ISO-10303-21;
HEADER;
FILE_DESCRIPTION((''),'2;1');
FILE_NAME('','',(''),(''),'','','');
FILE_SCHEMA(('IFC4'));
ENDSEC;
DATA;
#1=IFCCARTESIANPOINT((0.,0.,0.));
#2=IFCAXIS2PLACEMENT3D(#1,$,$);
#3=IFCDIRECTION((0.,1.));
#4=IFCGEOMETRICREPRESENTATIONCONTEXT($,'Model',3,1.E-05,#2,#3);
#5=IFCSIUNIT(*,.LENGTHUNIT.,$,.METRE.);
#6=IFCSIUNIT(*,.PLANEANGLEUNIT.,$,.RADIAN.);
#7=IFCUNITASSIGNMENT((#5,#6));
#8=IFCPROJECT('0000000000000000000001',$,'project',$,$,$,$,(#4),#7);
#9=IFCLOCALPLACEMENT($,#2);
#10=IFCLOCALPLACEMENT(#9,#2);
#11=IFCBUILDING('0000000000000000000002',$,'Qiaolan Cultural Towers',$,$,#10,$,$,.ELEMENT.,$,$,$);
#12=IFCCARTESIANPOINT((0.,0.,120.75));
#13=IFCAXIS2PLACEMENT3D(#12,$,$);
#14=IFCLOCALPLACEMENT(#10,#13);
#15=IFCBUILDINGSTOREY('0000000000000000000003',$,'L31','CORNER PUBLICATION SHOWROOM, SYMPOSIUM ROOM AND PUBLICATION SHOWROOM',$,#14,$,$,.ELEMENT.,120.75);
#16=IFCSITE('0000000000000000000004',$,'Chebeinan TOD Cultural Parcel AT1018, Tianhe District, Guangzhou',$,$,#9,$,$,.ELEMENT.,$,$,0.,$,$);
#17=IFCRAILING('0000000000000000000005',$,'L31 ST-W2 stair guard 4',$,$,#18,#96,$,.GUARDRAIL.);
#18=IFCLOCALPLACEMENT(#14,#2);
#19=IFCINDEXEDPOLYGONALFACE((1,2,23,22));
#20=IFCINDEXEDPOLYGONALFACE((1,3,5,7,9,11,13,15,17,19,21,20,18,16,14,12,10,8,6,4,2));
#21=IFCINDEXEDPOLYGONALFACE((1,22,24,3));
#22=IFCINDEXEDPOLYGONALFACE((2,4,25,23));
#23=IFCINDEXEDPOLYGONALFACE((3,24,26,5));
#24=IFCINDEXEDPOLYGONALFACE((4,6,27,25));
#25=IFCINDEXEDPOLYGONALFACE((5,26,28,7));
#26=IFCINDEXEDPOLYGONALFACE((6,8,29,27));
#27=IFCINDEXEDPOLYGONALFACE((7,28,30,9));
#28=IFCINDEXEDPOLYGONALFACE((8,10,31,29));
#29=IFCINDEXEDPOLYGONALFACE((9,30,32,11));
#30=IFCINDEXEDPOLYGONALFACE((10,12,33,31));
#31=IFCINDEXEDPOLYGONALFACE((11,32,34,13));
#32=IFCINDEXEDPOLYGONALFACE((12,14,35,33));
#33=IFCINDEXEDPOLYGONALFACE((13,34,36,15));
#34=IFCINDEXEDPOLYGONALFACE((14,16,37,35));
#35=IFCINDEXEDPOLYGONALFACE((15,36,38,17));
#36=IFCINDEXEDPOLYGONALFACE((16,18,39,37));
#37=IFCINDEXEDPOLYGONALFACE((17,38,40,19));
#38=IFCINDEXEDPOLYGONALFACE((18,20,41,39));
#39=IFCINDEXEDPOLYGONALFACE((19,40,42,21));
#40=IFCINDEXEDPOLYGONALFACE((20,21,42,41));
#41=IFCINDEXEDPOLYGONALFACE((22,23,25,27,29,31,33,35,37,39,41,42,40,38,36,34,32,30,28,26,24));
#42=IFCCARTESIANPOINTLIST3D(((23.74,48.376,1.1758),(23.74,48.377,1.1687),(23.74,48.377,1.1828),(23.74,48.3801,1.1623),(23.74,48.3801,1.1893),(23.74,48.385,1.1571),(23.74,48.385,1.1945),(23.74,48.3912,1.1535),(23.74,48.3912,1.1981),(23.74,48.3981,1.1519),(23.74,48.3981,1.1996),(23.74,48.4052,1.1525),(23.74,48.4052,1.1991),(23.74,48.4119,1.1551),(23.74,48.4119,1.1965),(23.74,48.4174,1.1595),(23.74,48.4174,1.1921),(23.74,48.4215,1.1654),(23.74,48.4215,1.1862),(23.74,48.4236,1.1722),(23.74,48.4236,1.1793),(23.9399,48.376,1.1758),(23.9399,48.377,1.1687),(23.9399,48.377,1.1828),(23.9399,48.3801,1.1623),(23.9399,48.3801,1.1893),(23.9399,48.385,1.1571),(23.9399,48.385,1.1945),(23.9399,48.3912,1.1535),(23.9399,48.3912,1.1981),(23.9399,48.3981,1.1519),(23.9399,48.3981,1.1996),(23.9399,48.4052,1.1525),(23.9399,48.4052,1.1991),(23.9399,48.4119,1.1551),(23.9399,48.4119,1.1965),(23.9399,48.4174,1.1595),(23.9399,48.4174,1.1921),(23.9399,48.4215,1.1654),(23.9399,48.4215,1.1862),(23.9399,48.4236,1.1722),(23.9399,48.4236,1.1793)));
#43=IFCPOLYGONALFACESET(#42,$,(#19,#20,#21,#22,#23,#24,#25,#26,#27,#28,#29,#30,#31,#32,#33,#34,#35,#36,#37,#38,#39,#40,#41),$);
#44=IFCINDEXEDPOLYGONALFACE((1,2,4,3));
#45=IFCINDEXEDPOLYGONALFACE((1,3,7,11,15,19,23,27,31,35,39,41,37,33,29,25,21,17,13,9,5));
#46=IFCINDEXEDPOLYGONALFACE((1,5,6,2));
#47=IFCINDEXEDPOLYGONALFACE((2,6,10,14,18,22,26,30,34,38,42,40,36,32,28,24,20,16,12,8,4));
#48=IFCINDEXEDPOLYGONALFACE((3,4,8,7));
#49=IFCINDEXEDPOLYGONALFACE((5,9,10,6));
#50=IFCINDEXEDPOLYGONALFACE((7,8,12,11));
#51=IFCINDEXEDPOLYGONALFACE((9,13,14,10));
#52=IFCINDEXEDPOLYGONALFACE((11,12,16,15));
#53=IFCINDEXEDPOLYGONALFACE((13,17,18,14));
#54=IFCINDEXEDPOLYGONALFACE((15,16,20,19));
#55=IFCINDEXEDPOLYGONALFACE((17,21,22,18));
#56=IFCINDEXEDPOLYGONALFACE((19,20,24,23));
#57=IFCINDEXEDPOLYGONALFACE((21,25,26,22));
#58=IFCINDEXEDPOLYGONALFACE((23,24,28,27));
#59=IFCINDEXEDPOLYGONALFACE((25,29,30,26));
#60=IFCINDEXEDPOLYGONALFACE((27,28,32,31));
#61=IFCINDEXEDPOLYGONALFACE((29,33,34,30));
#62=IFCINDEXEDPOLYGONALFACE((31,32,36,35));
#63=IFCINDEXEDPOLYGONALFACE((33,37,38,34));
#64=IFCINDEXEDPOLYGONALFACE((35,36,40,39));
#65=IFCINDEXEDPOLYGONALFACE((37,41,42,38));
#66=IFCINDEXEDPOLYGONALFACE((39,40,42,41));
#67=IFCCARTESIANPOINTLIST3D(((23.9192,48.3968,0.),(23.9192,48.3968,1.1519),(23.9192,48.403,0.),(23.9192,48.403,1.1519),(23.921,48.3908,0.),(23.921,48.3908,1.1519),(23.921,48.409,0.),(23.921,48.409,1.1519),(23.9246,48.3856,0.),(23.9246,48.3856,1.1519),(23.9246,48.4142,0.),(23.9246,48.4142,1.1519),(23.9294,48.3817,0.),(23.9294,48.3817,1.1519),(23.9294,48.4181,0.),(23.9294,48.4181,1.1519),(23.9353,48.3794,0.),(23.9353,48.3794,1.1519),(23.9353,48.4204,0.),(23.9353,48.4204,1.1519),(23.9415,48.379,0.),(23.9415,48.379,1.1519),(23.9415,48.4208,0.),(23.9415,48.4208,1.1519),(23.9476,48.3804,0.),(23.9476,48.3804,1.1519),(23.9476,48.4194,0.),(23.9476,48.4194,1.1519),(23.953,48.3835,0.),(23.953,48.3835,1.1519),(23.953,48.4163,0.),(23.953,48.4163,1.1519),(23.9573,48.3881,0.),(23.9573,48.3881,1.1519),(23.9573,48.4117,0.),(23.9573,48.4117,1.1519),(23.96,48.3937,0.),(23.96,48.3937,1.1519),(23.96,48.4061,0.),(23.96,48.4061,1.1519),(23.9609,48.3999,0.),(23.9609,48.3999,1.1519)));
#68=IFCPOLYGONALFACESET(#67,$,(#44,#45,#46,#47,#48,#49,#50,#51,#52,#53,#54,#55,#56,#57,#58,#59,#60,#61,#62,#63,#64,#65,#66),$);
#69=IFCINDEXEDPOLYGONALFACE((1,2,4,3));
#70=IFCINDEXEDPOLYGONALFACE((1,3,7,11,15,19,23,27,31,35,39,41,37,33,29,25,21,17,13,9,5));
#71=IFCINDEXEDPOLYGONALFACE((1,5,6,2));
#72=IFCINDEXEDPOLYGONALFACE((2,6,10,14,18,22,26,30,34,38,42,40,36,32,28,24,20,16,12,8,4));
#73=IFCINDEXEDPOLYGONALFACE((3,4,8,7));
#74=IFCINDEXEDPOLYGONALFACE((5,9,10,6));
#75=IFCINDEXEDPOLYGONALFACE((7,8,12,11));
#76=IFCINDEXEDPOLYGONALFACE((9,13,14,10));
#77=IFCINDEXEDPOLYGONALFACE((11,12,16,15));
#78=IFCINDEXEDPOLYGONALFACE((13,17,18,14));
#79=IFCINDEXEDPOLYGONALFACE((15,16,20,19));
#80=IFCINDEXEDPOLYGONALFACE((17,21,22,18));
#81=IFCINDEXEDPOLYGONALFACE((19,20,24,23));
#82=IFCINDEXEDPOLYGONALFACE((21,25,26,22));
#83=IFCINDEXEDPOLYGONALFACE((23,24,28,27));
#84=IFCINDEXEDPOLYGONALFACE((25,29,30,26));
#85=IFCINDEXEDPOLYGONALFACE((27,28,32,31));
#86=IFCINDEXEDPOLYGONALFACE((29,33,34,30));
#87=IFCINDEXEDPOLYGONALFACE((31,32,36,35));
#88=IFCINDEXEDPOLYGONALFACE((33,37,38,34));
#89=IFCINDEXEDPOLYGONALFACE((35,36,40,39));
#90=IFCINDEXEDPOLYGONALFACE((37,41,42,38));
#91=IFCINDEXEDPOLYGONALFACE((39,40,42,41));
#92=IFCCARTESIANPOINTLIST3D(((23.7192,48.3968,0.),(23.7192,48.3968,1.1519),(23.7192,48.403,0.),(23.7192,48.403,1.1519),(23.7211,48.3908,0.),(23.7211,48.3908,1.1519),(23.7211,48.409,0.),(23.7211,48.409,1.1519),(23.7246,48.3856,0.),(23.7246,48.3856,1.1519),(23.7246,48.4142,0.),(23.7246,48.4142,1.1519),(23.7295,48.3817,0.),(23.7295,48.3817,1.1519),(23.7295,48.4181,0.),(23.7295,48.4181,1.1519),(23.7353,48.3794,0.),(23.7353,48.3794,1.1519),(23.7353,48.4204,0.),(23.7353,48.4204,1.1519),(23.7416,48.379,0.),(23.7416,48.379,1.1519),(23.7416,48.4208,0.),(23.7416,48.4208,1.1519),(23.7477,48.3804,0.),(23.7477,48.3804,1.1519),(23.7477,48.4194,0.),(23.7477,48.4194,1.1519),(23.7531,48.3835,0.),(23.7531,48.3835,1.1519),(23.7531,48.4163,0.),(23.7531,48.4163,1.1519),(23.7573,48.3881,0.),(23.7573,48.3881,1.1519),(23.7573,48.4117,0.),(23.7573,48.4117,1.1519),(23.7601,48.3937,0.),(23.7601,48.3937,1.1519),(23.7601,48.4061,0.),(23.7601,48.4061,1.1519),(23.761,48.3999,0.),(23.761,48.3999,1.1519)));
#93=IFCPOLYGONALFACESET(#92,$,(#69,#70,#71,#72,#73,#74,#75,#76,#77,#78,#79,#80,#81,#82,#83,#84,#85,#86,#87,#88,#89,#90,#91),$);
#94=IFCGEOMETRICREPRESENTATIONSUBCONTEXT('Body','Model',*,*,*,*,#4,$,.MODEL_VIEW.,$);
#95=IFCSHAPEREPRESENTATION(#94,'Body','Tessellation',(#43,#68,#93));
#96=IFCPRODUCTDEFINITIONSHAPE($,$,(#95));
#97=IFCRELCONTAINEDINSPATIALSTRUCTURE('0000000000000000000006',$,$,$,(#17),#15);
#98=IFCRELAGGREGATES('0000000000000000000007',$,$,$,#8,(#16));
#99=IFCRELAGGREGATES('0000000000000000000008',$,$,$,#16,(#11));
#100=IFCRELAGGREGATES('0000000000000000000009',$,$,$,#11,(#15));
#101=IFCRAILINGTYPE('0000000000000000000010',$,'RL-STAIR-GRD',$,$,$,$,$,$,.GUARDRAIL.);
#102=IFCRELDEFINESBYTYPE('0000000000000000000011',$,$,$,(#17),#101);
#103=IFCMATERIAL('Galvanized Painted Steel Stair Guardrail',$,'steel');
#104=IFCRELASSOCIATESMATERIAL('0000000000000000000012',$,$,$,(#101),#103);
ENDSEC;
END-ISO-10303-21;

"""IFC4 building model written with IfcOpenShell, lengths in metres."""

from ifc_helpers import new_model, si_unit, direction, frame, origin, origin_2d, place, context, subcontext, project, spatial, circle, extrude, material, type_object, element, save


model = new_model("IFC4")

# Units and contexts
model_context = context("Model", 3, precision=1e-05, world=origin(), true_north=direction((0.0, 1.0)))
body_context = subcontext(model_context, "Body", "Model", "MODEL_VIEW")
ifc_project = project(units=[si_unit("LENGTHUNIT", "METRE"), si_unit("PLANEANGLEUNIT", "RADIAN")], contexts=[model_context])

# Site, building, storey
site_placement = place(None, origin())
site = spatial("IfcSite", under=ifc_project, at=site_placement, Name="Chebeinan TOD Cultural Parcel AT1018, Tianhe District, Guangzhou", CompositionType="ELEMENT", RefElevation=0.0)
building_placement = place(site_placement, origin())
building = spatial("IfcBuilding", under=site, at=building_placement, Name="Qiaolan Cultural Towers", CompositionType="ELEMENT")
storey_placement = place(building_placement, frame((0.0, 0.0, 120.75)))
storey = spatial("IfcBuildingStorey", under=building, at=storey_placement, Name="L31", Description="CORNER PUBLICATION SHOWROOM, SYMPOSIUM ROOM AND PUBLICATION SHOWROOM", CompositionType="ELEMENT", Elevation=120.75)

# Railing
ifc_material_1 = material(Name="Galvanized Painted Steel Stair Guardrail", Category="steel")
railing_type_1 = type_object("IfcRailingType", Name="RL-STAIR-GRD", PredefinedType="GUARDRAIL", material=ifc_material_1)
railing_1_placement = place(storey_placement, frame((23.9399, 48.3999, 0.0)))
element("IfcRailing", 1, at=railing_1_placement, inside=storey, type_object=railing_type_1, Name="L31 ST-W2 stair guard 4", PredefinedType="GUARDRAIL", context=body_context, shape_type="SweptSolid", body=[
    extrude(circle(Radius=0.0239, at=origin_2d()), frame((0.0, 0.0, 1.1758), z_axis=(-1.0, 0.0, 0.0), x_axis=(0.0, -1.0, 0.0)), (0.0, 0.0, 1.0), 0.2),
    extrude(circle(Radius=0.021, at=origin_2d()), origin(), (0.0, 0.0, 1.0), 1.1519),
    extrude(circle(Radius=0.021, at=origin_2d()), frame((-0.2, 0.0, 0.0)), (0.0, 0.0, 1.0), 1.1519),
])

save(model, "model.ifc")
